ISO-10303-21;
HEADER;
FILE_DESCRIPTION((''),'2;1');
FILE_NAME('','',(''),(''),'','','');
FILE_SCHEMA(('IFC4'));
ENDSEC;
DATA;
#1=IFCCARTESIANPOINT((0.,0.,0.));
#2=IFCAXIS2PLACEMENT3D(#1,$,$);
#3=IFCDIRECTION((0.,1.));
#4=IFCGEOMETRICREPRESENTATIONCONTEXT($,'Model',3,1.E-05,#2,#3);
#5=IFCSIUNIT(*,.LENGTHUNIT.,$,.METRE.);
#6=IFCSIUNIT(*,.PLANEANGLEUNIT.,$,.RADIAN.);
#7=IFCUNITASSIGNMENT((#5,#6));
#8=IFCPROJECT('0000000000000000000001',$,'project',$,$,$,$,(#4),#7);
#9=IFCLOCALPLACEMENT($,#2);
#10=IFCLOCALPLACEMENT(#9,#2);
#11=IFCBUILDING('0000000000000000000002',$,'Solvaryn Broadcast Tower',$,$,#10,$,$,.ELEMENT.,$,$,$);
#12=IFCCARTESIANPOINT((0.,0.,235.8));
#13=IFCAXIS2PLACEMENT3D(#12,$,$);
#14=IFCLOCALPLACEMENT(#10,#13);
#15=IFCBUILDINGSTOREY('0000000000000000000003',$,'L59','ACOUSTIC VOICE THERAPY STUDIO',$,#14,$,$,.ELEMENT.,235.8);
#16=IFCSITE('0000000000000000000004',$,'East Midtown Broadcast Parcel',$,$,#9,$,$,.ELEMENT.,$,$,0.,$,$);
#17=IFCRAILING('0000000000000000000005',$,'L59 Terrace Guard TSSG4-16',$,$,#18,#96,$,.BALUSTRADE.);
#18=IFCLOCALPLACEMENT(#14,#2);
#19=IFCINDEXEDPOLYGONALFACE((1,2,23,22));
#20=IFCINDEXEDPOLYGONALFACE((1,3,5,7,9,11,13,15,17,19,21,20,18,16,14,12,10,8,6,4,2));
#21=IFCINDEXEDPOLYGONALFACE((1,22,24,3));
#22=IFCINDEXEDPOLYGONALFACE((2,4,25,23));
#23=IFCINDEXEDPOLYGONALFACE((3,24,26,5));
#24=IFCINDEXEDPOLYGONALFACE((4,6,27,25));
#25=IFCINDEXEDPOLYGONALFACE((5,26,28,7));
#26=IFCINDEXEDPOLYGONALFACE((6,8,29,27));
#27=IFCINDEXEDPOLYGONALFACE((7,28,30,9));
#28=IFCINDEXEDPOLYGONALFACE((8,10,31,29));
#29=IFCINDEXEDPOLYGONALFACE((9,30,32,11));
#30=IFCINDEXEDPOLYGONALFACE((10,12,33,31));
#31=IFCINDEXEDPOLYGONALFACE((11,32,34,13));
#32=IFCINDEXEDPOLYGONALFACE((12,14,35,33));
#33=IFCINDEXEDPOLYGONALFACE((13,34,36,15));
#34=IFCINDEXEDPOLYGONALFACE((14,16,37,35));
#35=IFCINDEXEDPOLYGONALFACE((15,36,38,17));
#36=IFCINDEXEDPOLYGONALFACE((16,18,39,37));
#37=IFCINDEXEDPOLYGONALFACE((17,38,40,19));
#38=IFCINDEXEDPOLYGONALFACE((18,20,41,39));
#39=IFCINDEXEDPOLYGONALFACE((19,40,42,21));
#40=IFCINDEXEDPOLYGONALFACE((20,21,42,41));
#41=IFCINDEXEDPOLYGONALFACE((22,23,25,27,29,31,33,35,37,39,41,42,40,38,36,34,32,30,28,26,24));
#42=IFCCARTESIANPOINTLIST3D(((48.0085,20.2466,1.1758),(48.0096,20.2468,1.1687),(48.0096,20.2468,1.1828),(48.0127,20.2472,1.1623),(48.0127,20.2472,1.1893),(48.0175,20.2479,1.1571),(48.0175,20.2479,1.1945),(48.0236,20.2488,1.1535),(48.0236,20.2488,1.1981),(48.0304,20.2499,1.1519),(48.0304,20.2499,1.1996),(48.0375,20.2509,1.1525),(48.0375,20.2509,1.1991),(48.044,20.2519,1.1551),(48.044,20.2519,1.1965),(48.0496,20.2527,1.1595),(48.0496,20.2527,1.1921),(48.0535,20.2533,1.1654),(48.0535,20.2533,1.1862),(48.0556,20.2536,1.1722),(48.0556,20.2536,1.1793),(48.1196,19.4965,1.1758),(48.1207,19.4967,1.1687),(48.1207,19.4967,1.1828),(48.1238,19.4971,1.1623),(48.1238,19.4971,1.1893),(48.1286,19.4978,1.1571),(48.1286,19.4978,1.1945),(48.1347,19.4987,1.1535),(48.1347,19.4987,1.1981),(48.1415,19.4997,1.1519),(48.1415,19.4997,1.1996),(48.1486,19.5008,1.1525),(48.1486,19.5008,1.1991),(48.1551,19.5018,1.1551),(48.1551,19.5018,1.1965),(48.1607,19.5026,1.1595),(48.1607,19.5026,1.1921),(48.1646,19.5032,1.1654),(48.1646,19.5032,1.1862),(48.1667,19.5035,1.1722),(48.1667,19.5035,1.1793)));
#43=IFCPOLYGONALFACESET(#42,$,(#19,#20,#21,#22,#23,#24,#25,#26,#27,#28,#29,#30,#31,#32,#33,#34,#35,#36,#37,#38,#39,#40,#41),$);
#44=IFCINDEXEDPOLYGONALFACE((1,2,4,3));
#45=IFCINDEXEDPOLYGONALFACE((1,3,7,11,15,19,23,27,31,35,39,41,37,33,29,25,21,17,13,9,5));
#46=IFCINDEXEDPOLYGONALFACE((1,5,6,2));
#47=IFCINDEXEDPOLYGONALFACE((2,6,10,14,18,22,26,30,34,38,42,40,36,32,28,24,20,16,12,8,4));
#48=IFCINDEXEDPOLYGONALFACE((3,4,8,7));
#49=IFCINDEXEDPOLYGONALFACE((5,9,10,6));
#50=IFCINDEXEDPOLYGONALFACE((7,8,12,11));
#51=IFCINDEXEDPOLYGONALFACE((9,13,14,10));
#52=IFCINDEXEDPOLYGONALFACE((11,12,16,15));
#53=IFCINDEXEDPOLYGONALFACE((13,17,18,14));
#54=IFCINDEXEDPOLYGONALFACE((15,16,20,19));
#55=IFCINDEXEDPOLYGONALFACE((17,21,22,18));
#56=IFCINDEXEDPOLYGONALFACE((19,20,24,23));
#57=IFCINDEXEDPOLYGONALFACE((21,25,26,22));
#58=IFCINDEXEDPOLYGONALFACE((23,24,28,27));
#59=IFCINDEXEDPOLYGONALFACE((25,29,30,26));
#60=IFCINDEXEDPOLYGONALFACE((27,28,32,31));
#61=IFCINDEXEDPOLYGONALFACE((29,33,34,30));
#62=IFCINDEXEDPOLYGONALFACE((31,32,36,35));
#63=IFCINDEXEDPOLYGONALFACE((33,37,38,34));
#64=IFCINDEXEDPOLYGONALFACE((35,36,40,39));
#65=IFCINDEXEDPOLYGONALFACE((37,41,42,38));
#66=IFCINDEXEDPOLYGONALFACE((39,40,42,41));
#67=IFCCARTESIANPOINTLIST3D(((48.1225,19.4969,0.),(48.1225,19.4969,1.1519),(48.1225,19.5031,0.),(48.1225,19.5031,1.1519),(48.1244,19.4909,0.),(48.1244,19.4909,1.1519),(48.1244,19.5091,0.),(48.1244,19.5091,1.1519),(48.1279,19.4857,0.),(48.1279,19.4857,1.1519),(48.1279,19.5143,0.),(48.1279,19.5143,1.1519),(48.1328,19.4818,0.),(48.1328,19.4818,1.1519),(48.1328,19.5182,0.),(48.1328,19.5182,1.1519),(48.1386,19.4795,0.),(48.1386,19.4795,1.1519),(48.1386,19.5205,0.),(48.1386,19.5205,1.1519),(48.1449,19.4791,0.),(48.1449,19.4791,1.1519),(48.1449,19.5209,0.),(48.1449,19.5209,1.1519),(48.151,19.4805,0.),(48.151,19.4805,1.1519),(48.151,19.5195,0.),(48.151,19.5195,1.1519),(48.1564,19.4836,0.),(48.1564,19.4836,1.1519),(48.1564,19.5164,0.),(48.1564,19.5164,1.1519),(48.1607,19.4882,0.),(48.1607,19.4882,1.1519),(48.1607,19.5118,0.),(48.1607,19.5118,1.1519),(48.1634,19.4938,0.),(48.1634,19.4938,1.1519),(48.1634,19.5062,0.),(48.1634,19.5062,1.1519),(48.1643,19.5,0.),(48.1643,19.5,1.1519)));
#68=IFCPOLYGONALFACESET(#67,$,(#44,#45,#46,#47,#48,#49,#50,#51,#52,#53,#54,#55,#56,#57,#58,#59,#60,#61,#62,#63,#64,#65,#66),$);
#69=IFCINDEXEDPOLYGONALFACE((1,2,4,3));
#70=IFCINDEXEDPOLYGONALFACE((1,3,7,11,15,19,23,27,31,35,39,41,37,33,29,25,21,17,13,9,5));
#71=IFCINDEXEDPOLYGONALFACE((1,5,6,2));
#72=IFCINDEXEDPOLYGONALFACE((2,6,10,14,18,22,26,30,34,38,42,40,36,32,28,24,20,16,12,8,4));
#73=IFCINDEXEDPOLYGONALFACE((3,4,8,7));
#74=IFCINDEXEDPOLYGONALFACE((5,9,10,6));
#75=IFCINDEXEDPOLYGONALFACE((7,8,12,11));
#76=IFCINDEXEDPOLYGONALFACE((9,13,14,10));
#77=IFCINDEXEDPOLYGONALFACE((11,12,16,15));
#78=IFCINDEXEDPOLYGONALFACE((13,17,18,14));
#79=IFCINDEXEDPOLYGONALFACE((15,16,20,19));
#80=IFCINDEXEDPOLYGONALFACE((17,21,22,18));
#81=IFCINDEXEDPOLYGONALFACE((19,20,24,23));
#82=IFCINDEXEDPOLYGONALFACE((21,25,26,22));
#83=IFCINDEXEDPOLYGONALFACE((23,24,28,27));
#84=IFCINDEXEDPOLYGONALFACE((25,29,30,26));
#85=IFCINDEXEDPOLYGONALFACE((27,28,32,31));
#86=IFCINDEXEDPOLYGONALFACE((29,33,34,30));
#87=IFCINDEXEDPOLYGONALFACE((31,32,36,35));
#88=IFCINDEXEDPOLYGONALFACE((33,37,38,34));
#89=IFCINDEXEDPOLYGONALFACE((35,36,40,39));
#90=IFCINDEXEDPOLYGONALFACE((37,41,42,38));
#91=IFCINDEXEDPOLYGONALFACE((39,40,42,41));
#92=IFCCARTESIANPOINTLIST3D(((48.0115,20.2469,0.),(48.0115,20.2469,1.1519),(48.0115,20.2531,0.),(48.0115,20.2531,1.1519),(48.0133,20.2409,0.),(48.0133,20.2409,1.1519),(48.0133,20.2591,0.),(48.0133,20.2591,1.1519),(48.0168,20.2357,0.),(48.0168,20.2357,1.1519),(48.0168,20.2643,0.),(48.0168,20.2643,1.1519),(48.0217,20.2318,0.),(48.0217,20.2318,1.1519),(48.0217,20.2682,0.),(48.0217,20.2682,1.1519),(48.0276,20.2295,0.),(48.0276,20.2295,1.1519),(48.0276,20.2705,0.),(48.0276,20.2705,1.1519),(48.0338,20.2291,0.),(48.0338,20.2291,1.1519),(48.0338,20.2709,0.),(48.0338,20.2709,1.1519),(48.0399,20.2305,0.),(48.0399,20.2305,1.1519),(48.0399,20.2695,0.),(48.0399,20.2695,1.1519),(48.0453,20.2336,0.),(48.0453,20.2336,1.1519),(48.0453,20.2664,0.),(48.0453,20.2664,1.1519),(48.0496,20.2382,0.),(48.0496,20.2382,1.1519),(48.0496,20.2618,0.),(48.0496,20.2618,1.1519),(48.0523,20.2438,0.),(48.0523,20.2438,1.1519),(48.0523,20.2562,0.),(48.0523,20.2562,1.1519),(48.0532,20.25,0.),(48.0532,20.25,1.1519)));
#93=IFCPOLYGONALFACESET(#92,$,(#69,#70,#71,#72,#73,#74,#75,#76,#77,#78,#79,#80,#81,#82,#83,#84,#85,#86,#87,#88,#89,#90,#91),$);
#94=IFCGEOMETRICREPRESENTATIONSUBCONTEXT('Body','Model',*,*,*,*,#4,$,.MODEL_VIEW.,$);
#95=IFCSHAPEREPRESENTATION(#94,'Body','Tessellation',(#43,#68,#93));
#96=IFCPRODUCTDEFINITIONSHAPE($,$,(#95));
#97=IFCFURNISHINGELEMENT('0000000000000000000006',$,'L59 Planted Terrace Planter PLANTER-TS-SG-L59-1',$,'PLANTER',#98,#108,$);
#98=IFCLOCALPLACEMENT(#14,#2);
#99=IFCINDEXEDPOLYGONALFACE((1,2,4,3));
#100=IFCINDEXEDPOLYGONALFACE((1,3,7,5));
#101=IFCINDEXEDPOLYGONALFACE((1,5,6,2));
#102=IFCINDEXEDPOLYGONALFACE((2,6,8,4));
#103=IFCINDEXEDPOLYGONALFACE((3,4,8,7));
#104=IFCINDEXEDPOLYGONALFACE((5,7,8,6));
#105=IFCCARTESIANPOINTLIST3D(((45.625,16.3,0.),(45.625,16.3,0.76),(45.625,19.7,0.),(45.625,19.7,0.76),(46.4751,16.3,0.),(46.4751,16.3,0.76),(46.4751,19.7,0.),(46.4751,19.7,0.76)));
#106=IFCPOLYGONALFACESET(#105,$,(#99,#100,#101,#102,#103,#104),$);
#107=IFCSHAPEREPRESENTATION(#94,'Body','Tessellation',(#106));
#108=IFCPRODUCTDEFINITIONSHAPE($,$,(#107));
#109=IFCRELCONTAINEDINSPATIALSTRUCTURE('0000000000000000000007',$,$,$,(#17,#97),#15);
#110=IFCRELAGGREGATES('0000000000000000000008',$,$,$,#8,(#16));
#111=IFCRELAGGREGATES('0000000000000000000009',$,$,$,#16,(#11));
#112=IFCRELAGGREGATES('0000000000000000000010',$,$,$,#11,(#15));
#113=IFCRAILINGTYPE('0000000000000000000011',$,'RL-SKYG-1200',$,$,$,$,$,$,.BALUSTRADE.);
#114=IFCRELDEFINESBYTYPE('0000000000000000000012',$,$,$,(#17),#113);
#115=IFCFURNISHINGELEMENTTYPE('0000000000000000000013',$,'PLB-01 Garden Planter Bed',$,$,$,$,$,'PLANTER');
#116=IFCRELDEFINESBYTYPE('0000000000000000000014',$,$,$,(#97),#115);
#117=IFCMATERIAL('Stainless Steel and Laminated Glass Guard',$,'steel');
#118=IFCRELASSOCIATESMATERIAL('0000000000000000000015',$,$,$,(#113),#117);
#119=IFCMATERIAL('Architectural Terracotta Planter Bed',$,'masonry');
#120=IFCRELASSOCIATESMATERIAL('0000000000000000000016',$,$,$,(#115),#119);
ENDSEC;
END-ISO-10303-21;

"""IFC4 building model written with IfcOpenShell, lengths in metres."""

from ifc_helpers import new_model, si_unit, direction, frame, origin, origin_2d, place, context, subcontext, project, spatial, rectangle, circle, extrude, material, type_object, element, save


model = new_model("IFC4")

# Units and contexts
model_context = context("Model", 3, precision=1e-05, world=origin(), true_north=direction((0.0, 1.0)))
body_context = subcontext(model_context, "Body", "Model", "MODEL_VIEW")
ifc_project = project(units=[si_unit("LENGTHUNIT", "METRE"), si_unit("PLANEANGLEUNIT", "RADIAN")], contexts=[model_context])

# Site, building, storey
site_placement = place(None, origin())
site = spatial("IfcSite", under=ifc_project, at=site_placement, Name="East Midtown Broadcast Parcel", CompositionType="ELEMENT", RefElevation=0.0)
building_placement = place(site_placement, origin())
building = spatial("IfcBuilding", under=site, at=building_placement, Name="Solvaryn Broadcast Tower", CompositionType="ELEMENT")
storey_placement = place(building_placement, frame((0.0, 0.0, 235.8)))
storey = spatial("IfcBuildingStorey", under=building, at=storey_placement, Name="L59", Description="ACOUSTIC VOICE THERAPY STUDIO", CompositionType="ELEMENT", Elevation=235.8)

# Railing
ifc_material_1 = material(Name="Stainless Steel and Laminated Glass Guard", Category="steel")
railing_type = type_object("IfcRailingType", Name="RL-SKYG-1200", PredefinedType="BALUSTRADE", material=ifc_material_1)
railing_1_placement = place(storey_placement, frame((48.1433, 19.5, 0.0)))
element("IfcRailing", 1, at=railing_1_placement, inside=storey, type_object=railing_type, Name="L59 Terrace Guard TSSG4-16", PredefinedType="BALUSTRADE", context=body_context, shape_type="SweptSolid", body=[
    extrude(circle(Radius=0.0239, at=origin_2d()), frame((0.0, 0.0, 1.1758), z_axis=(-0.146514, 0.989209, 0.0), x_axis=(-0.989209, -0.146514, 0.0)), (0.0, 0.0, 1.0), 0.7583),
    extrude(circle(Radius=0.021, at=origin_2d()), origin(), (0.0, 0.0, 1.0), 1.1519),
    extrude(circle(Radius=0.021, at=origin_2d()), frame((-0.1111, 0.75, 0.0)), (0.0, 0.0, 1.0), 1.1519),
])

# Furnishing element
ifc_material_2 = material(Name="Architectural Terracotta Planter Bed", Category="masonry")
furnishing_element_type = type_object("IfcFurnishingElementType", Name="PLB-01 Garden Planter Bed", ElementType="PLANTER", material=ifc_material_2)
furnishing_placement = place(storey_placement, frame((46.05, 18.0, 0.0), z_axis=(0.0, 0.0, 1.0), x_axis=(1.0, 0.0, 0.0)))
element("IfcFurnishingElement", 2, at=furnishing_placement, inside=storey, type_object=furnishing_element_type, Name="L59 Planted Terrace Planter PLANTER-TS-SG-L59-1", ObjectType="PLANTER", context=body_context, shape_type="SweptSolid", body=[
    extrude(rectangle(XDim=0.8501, YDim=3.3999, at=origin_2d()), origin(), (0.0, 0.0, 1.0), 0.76),
])

save(model, "model.ifc")
